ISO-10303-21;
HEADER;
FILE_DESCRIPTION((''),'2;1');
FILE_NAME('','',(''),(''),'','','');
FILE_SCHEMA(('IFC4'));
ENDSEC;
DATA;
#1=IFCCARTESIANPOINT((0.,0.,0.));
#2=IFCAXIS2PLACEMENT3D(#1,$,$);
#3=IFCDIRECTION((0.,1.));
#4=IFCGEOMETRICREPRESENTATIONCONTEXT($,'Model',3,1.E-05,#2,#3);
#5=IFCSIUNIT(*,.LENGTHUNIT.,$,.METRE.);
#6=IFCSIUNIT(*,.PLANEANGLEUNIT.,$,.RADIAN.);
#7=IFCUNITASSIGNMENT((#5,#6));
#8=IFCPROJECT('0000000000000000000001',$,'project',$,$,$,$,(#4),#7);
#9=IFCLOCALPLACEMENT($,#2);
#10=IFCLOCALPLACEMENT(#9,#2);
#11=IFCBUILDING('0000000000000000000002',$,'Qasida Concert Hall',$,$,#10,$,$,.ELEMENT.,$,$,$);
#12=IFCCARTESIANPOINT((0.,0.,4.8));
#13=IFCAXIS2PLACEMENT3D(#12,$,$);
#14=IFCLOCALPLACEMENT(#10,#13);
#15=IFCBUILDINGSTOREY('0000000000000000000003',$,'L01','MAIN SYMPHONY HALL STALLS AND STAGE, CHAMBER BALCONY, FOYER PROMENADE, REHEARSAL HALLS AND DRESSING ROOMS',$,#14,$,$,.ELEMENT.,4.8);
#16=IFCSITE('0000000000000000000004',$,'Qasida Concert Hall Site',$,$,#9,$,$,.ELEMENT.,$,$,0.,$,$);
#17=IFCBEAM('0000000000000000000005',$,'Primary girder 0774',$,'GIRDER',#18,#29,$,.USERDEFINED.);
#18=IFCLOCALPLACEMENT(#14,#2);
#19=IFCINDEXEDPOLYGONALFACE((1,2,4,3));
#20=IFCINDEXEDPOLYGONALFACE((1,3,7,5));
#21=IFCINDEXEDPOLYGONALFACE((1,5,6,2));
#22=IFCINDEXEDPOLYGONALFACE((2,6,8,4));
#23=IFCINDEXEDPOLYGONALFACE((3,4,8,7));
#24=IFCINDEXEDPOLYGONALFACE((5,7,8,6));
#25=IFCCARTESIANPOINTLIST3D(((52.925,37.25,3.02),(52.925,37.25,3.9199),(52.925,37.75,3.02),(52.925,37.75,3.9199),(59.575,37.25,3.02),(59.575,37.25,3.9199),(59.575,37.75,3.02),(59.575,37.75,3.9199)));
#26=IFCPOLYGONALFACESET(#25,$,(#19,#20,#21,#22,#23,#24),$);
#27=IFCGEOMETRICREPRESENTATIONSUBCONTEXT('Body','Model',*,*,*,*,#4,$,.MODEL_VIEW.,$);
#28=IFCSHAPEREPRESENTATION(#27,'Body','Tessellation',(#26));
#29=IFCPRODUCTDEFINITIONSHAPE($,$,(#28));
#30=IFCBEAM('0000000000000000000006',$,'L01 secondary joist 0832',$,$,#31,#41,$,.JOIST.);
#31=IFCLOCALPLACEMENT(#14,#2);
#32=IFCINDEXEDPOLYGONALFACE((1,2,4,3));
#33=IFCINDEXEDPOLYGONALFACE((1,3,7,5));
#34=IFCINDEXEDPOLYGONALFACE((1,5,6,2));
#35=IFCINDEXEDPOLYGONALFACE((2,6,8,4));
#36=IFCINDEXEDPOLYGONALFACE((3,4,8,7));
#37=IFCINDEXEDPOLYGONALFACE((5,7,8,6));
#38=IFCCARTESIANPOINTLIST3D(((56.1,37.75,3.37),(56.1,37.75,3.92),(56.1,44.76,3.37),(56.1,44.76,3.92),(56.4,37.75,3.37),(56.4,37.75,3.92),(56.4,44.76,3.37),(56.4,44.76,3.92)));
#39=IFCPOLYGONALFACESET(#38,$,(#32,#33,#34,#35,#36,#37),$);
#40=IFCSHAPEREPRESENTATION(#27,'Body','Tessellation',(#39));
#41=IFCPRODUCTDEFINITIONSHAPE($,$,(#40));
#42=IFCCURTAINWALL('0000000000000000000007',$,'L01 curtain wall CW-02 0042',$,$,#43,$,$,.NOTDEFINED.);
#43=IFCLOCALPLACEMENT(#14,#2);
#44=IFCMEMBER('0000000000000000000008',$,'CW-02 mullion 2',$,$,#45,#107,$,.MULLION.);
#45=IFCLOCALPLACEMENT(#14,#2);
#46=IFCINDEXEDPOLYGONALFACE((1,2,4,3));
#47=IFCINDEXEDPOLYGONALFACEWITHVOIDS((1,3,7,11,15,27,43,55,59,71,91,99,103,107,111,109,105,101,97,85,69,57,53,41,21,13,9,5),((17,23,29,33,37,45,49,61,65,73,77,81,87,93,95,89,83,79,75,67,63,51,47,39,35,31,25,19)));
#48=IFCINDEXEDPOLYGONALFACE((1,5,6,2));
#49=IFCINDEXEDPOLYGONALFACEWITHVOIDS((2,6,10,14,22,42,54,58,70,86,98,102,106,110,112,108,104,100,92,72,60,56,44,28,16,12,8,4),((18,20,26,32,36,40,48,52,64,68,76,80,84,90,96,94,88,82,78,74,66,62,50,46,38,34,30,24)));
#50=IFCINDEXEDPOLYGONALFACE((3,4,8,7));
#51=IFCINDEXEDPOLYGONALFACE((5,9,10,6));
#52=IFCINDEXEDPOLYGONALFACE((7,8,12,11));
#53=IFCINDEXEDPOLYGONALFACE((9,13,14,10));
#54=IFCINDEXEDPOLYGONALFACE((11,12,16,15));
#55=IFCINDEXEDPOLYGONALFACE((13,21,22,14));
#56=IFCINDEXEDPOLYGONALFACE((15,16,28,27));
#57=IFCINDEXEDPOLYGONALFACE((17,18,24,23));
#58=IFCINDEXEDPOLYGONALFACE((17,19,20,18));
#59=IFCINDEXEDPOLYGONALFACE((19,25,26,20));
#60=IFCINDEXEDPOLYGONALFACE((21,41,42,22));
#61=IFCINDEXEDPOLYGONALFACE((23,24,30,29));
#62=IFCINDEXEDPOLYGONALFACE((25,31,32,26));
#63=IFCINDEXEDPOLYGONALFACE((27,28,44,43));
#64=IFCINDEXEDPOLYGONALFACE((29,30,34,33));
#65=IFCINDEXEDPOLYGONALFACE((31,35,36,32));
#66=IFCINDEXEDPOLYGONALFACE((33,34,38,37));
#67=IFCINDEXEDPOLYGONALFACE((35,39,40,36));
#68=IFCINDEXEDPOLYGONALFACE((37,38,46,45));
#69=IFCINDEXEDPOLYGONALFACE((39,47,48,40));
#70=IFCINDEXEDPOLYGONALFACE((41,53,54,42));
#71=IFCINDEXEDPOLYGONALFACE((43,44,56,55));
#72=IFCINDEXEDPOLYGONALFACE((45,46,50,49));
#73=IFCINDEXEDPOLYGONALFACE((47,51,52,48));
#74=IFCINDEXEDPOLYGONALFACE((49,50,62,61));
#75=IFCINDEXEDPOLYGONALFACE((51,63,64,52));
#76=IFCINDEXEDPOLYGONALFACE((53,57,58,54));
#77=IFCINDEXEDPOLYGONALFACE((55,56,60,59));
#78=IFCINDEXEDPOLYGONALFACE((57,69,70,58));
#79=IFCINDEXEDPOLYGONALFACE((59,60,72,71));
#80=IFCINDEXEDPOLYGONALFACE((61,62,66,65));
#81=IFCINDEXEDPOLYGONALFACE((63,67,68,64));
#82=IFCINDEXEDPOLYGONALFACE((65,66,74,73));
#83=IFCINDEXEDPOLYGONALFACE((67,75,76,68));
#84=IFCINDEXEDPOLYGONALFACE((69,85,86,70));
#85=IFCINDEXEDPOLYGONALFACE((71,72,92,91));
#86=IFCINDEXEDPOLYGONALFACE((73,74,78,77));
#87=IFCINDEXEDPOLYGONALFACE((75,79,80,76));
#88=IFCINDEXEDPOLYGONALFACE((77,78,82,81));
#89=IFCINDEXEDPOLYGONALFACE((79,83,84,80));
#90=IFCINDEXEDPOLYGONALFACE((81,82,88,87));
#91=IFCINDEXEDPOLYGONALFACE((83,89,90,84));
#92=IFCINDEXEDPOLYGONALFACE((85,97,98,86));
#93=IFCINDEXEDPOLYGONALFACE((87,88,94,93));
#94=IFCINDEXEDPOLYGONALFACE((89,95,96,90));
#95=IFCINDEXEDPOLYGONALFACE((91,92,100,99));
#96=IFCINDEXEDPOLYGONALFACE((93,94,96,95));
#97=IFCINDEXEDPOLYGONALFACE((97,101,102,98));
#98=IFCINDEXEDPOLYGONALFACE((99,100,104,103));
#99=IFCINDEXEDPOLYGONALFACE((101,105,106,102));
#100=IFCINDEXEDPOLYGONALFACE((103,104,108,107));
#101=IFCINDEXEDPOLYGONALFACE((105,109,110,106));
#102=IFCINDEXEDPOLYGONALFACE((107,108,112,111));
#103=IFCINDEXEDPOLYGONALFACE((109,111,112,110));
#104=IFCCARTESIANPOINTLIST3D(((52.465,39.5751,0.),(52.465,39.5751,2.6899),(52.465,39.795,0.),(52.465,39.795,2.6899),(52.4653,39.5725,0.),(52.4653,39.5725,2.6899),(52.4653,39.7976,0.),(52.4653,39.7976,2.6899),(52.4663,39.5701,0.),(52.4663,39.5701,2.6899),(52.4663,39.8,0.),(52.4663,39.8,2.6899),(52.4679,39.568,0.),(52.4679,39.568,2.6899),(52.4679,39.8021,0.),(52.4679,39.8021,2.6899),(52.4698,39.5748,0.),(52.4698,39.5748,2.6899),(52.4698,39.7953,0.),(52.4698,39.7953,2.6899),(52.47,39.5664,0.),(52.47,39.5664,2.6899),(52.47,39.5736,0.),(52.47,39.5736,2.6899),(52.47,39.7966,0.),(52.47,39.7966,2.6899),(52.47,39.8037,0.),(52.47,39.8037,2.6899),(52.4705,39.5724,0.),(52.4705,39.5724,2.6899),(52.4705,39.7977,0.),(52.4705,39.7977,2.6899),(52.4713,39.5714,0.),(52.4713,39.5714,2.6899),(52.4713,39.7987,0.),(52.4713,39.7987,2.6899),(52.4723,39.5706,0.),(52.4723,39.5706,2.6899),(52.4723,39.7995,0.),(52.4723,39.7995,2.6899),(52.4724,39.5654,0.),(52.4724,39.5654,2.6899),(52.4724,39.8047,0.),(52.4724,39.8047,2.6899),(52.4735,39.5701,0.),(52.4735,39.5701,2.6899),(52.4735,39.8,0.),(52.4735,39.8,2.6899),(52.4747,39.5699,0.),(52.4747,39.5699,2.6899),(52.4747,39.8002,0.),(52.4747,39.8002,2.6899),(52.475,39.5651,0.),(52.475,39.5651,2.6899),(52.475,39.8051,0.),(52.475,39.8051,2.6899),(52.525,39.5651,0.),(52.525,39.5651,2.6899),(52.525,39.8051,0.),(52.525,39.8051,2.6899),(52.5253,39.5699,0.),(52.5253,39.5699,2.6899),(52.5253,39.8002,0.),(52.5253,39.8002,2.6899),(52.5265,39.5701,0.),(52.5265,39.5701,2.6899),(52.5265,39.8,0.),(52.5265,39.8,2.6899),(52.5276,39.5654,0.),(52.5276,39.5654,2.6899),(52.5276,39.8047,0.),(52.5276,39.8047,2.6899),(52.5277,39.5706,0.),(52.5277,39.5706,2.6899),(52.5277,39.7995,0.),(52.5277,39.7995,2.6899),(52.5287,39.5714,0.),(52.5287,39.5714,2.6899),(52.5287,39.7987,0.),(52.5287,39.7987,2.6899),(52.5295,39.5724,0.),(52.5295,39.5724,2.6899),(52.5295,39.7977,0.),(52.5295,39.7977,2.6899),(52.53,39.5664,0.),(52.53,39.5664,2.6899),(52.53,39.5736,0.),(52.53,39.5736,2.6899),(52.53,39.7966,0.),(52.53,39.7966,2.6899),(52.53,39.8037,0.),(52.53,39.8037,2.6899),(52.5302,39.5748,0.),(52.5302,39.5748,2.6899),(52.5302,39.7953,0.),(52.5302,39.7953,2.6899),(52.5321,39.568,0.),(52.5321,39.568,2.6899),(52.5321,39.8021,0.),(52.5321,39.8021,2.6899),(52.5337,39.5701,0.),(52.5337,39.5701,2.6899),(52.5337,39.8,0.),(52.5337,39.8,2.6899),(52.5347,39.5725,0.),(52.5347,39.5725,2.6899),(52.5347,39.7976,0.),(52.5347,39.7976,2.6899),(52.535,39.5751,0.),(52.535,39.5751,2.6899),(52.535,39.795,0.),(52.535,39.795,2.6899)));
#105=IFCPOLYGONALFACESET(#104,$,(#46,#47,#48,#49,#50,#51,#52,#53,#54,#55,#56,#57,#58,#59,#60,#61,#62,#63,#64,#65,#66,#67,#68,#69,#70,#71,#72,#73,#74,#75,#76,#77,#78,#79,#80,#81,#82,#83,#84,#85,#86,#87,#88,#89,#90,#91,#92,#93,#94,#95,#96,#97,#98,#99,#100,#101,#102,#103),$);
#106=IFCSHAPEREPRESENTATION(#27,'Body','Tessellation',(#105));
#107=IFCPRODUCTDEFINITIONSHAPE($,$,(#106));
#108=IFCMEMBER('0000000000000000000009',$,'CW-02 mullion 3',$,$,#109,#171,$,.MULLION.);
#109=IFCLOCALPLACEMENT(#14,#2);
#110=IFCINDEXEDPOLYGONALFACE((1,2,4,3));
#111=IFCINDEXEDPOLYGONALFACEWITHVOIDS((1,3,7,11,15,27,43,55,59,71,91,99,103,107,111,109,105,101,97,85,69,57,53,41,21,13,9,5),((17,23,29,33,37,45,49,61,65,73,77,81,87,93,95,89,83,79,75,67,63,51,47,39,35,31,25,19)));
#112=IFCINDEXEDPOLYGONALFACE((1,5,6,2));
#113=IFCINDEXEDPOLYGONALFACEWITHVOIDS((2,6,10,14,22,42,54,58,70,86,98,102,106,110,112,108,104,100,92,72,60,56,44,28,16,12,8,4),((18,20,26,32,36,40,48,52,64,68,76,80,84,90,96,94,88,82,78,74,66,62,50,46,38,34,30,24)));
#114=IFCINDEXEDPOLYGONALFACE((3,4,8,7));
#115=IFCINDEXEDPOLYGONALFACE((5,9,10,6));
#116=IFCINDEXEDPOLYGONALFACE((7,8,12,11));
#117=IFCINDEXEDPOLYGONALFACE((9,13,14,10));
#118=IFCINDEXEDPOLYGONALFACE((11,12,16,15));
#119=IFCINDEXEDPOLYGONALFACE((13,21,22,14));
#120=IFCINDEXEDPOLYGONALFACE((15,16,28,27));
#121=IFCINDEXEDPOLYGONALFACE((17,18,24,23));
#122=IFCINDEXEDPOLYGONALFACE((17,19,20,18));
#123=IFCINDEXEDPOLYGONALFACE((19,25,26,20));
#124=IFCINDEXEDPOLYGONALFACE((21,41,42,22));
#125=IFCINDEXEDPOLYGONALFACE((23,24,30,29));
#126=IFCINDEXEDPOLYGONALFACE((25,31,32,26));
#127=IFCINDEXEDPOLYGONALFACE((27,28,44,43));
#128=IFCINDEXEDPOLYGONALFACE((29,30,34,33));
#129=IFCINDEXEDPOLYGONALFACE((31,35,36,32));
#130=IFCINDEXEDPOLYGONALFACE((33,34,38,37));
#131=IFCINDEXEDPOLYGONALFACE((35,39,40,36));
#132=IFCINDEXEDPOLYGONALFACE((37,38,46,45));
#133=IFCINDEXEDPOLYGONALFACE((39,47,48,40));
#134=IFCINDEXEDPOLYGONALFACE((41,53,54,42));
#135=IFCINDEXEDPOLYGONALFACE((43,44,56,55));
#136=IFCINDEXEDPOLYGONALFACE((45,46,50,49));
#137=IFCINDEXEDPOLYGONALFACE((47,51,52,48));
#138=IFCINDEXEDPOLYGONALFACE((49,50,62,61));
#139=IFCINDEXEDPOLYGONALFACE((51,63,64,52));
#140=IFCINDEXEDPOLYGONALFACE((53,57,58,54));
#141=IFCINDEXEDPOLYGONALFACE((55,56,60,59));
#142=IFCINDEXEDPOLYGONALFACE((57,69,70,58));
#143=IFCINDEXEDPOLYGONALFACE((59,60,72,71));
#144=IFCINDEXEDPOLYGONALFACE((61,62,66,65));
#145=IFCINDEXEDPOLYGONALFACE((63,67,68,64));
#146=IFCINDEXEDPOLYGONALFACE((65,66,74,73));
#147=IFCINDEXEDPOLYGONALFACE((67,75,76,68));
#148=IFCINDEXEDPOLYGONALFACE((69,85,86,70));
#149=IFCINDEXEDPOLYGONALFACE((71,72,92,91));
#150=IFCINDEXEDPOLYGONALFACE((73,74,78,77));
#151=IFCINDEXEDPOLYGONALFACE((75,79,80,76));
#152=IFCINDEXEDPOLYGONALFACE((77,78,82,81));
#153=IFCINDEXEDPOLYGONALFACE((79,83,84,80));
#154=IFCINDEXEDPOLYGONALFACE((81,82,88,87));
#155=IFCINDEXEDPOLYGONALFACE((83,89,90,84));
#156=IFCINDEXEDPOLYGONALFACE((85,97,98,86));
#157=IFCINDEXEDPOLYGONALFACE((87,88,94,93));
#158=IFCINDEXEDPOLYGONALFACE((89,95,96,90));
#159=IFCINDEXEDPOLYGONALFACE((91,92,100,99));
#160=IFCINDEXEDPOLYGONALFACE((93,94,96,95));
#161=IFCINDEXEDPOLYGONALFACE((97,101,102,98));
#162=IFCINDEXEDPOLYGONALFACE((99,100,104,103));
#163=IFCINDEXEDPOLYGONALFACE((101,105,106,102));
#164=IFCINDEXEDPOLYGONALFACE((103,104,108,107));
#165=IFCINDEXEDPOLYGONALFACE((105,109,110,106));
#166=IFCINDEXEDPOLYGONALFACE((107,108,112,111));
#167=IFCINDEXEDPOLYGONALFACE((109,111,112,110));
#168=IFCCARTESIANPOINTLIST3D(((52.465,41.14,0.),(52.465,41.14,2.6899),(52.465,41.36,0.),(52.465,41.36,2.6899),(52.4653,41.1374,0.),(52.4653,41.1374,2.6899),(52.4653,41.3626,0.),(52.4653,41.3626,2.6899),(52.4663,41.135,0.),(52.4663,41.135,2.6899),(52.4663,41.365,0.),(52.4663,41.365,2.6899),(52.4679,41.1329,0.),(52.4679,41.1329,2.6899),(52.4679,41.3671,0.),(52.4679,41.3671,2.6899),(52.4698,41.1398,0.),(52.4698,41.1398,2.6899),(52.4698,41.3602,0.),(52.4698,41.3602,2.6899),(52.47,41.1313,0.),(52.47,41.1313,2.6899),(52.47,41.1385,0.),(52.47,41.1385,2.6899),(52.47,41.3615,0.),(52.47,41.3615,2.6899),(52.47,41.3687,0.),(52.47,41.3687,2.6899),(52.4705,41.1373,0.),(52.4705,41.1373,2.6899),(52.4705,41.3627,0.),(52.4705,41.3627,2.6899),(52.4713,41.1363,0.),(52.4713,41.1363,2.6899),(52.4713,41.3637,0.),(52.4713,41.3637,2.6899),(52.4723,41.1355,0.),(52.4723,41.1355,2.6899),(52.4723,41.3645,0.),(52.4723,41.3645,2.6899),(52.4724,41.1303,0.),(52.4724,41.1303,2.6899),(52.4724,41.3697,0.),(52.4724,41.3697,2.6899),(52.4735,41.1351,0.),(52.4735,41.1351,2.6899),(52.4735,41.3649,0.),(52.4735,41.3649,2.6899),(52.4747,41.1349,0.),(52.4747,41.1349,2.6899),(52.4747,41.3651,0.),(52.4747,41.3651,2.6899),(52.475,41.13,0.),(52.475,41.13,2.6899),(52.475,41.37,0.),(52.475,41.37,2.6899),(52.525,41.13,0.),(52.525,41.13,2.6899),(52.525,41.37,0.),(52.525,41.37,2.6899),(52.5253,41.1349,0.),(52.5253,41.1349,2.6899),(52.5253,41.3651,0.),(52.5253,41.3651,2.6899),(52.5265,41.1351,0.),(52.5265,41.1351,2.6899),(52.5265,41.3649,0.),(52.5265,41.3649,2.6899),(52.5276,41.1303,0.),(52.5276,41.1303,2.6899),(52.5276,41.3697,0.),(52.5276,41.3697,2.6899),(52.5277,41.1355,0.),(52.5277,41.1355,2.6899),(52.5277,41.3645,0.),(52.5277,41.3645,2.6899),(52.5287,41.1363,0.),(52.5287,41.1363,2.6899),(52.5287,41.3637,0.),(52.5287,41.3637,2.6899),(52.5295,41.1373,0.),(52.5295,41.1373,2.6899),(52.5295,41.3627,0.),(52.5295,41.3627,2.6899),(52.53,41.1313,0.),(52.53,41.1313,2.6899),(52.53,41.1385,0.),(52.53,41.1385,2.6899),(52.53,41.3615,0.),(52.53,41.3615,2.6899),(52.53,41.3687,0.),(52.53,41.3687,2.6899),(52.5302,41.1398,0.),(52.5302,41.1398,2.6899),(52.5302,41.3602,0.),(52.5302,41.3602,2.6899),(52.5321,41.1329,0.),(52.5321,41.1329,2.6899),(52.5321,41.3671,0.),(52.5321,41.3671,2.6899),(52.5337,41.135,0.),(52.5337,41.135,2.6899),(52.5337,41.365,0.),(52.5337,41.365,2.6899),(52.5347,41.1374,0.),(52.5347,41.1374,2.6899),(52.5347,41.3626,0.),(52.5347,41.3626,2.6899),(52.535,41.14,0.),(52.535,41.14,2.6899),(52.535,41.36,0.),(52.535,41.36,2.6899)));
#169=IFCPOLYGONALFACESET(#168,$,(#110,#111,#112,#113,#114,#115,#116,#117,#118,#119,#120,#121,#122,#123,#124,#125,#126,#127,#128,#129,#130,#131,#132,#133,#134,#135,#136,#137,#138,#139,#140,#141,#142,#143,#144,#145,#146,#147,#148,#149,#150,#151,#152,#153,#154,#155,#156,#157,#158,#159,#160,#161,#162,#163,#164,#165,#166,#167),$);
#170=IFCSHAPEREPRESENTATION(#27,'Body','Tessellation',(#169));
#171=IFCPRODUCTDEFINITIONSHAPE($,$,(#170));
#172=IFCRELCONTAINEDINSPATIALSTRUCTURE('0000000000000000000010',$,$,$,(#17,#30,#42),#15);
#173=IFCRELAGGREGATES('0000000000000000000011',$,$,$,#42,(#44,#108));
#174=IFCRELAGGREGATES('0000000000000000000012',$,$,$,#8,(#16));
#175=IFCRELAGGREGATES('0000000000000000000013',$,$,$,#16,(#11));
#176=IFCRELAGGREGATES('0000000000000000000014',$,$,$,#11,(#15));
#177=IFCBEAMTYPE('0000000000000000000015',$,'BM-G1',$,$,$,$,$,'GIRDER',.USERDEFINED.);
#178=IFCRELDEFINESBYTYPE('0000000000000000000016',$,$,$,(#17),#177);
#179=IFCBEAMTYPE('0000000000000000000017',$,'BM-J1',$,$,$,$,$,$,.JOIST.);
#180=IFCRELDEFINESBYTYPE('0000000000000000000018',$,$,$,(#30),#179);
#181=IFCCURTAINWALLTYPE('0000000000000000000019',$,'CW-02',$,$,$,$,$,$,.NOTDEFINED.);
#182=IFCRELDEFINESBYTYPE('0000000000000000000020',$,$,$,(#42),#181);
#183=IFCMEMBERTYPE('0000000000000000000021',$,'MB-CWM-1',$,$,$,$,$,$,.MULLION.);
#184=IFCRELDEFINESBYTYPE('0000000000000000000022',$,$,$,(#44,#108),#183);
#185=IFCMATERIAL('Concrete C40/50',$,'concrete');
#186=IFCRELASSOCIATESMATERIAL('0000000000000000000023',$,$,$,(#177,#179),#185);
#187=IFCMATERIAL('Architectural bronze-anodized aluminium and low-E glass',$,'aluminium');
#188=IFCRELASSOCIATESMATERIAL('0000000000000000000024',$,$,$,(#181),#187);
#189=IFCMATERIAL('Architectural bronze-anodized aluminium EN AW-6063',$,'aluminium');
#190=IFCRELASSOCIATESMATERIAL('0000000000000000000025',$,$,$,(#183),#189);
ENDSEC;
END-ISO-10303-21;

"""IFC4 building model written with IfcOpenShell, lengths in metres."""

from ifc_helpers import new_model, si_unit, direction, frame, origin, origin_2d, place, context, subcontext, project, spatial, rectangle, hollow_rectangle, extrude, material, material_profile, profile_set, type_object, element, aggregate, save


model = new_model("IFC4")

# Units and contexts
model_context = context("Model", 3, precision=1e-05, world=origin(), true_north=direction((0.0, 1.0)))
body_context = subcontext(model_context, "Body", "Model", "MODEL_VIEW")
ifc_project = project(units=[si_unit("LENGTHUNIT", "METRE"), si_unit("PLANEANGLEUNIT", "RADIAN")], contexts=[model_context])

# Site, building, storey
site_placement = place(None, origin())
site = spatial("IfcSite", under=ifc_project, at=site_placement, Name="Qasida Concert Hall Site", CompositionType="ELEMENT", RefElevation=0.0)
building_placement = place(site_placement, origin())
building = spatial("IfcBuilding", under=site, at=building_placement, Name="Qasida Concert Hall", CompositionType="ELEMENT")
storey_placement = place(building_placement, frame((0.0, 0.0, 4.8)))
storey = spatial("IfcBuildingStorey", under=building, at=storey_placement, Name="L01", Description="MAIN SYMPHONY HALL STALLS AND STAGE, CHAMBER BALCONY, FOYER PROMENADE, REHEARSAL HALLS AND DRESSING ROOMS", CompositionType="ELEMENT", Elevation=4.8)

# Beams
ifc_material_1 = material(Name="Concrete C40/50", Category="concrete")
ifc_material_profile_1 = material_profile(ifc_material_1, rectangle(XDim=0.5, YDim=0.8999, at=origin_2d()), Name="RC 500x900")
ifc_profile_set_1 = profile_set([ifc_material_profile_1], Name="Concrete C40/50")
beam_type_1 = type_object("IfcBeamType", Name="BM-G1", ElementType="GIRDER", PredefinedType="USERDEFINED", material=ifc_profile_set_1)
beam_1_placement = place(storey_placement, frame((52.925, 37.5, 3.47), z_axis=(1.0, 0.0, 0.0), x_axis=(0.0, 1.0, 0.0)))
element("IfcBeam", 1, at=beam_1_placement, inside=storey, type_object=beam_type_1, Name="Primary girder 0774", ObjectType="GIRDER", PredefinedType="USERDEFINED", context=body_context, shape_type="SweptSolid", body=[
    extrude(rectangle(XDim=0.5, YDim=0.8999, at=origin_2d()), origin(), (0.0, 0.0, 1.0), 6.6499),
])
ifc_material_profile_2 = material_profile(ifc_material_1, rectangle(XDim=0.3, YDim=0.55, at=origin_2d()), Name="RC 300x550")
ifc_profile_set_2 = profile_set([ifc_material_profile_2], Name="Concrete C40/50")
beam_type_2 = type_object("IfcBeamType", Name="BM-J1", PredefinedType="JOIST", material=ifc_profile_set_2)
beam_2_placement = place(storey_placement, frame((56.25, 37.75, 3.645), z_axis=(0.0, 1.0, 0.0), x_axis=(-1.0, 0.0, 0.0)))
element("IfcBeam", 2, at=beam_2_placement, inside=storey, type_object=beam_type_2, Name="L01 secondary joist 0832", PredefinedType="JOIST", context=body_context, shape_type="SweptSolid", body=[
    extrude(rectangle(XDim=0.3, YDim=0.55, at=origin_2d()), origin(), (0.0, 0.0, 1.0), 7.01),
])

# Curtain wall, members
ifc_material_2 = material(Name="Architectural bronze-anodized aluminium and low-E glass", Category="aluminium")
curtain_wall_type = type_object("IfcCurtainWallType", Name="CW-02", PredefinedType="NOTDEFINED", material=ifc_material_2)
curtain_wall_placement = place(storey_placement, origin())
curtain_wall = element("IfcCurtainWall", 3, at=curtain_wall_placement, inside=storey, type_object=curtain_wall_type, Name="L01 curtain wall CW-02 0042", PredefinedType="NOTDEFINED")
ifc_material_3 = material(Name="Architectural bronze-anodized aluminium EN AW-6063", Category="aluminium")
ifc_material_profile_3 = material_profile(ifc_material_3, hollow_rectangle(XDim=0.0701, YDim=0.24, WallThickness=0.0049, InnerFilletRadius=0.0049, OuterFilletRadius=0.01, at=origin_2d()), Name="CWM 240x70x5")
ifc_profile_set_3 = profile_set([ifc_material_profile_3], Name="Architectural bronze-anodized aluminium EN AW-6063")
member_type_1 = type_object("IfcMemberType", Name="MB-CWM-1", PredefinedType="MULLION", material=ifc_profile_set_3)
member_1_placement = place(storey_placement, frame((52.5, 39.6851, 0.0), z_axis=(0.0, 0.0, 1.0), x_axis=(-1.0, 0.0, 0.0)))
member_1 = element("IfcMember", 4, at=member_1_placement, type_object=member_type_1, Name="CW-02 mullion 2", PredefinedType="MULLION", context=body_context, shape_type="SweptSolid", body=[
    extrude(hollow_rectangle(XDim=0.0701, YDim=0.24, WallThickness=0.0049, InnerFilletRadius=0.0049, OuterFilletRadius=0.01, at=origin_2d()), origin(), (0.0, 0.0, 1.0), 2.6899),
])
member_2_placement = place(storey_placement, frame((52.5, 41.25, 0.0), z_axis=(0.0, 0.0, 1.0), x_axis=(-1.0, 0.0, 0.0)))
member_2 = element("IfcMember", 5, at=member_2_placement, type_object=member_type_1, Name="CW-02 mullion 3", PredefinedType="MULLION", context=body_context, shape_type="SweptSolid", body=[
    extrude(hollow_rectangle(XDim=0.0701, YDim=0.24, WallThickness=0.0049, InnerFilletRadius=0.0049, OuterFilletRadius=0.01, at=origin_2d()), origin(), (0.0, 0.0, 1.0), 2.6899),
])
aggregate(curtain_wall, [member_1, member_2])

save(model, "model.ifc")
